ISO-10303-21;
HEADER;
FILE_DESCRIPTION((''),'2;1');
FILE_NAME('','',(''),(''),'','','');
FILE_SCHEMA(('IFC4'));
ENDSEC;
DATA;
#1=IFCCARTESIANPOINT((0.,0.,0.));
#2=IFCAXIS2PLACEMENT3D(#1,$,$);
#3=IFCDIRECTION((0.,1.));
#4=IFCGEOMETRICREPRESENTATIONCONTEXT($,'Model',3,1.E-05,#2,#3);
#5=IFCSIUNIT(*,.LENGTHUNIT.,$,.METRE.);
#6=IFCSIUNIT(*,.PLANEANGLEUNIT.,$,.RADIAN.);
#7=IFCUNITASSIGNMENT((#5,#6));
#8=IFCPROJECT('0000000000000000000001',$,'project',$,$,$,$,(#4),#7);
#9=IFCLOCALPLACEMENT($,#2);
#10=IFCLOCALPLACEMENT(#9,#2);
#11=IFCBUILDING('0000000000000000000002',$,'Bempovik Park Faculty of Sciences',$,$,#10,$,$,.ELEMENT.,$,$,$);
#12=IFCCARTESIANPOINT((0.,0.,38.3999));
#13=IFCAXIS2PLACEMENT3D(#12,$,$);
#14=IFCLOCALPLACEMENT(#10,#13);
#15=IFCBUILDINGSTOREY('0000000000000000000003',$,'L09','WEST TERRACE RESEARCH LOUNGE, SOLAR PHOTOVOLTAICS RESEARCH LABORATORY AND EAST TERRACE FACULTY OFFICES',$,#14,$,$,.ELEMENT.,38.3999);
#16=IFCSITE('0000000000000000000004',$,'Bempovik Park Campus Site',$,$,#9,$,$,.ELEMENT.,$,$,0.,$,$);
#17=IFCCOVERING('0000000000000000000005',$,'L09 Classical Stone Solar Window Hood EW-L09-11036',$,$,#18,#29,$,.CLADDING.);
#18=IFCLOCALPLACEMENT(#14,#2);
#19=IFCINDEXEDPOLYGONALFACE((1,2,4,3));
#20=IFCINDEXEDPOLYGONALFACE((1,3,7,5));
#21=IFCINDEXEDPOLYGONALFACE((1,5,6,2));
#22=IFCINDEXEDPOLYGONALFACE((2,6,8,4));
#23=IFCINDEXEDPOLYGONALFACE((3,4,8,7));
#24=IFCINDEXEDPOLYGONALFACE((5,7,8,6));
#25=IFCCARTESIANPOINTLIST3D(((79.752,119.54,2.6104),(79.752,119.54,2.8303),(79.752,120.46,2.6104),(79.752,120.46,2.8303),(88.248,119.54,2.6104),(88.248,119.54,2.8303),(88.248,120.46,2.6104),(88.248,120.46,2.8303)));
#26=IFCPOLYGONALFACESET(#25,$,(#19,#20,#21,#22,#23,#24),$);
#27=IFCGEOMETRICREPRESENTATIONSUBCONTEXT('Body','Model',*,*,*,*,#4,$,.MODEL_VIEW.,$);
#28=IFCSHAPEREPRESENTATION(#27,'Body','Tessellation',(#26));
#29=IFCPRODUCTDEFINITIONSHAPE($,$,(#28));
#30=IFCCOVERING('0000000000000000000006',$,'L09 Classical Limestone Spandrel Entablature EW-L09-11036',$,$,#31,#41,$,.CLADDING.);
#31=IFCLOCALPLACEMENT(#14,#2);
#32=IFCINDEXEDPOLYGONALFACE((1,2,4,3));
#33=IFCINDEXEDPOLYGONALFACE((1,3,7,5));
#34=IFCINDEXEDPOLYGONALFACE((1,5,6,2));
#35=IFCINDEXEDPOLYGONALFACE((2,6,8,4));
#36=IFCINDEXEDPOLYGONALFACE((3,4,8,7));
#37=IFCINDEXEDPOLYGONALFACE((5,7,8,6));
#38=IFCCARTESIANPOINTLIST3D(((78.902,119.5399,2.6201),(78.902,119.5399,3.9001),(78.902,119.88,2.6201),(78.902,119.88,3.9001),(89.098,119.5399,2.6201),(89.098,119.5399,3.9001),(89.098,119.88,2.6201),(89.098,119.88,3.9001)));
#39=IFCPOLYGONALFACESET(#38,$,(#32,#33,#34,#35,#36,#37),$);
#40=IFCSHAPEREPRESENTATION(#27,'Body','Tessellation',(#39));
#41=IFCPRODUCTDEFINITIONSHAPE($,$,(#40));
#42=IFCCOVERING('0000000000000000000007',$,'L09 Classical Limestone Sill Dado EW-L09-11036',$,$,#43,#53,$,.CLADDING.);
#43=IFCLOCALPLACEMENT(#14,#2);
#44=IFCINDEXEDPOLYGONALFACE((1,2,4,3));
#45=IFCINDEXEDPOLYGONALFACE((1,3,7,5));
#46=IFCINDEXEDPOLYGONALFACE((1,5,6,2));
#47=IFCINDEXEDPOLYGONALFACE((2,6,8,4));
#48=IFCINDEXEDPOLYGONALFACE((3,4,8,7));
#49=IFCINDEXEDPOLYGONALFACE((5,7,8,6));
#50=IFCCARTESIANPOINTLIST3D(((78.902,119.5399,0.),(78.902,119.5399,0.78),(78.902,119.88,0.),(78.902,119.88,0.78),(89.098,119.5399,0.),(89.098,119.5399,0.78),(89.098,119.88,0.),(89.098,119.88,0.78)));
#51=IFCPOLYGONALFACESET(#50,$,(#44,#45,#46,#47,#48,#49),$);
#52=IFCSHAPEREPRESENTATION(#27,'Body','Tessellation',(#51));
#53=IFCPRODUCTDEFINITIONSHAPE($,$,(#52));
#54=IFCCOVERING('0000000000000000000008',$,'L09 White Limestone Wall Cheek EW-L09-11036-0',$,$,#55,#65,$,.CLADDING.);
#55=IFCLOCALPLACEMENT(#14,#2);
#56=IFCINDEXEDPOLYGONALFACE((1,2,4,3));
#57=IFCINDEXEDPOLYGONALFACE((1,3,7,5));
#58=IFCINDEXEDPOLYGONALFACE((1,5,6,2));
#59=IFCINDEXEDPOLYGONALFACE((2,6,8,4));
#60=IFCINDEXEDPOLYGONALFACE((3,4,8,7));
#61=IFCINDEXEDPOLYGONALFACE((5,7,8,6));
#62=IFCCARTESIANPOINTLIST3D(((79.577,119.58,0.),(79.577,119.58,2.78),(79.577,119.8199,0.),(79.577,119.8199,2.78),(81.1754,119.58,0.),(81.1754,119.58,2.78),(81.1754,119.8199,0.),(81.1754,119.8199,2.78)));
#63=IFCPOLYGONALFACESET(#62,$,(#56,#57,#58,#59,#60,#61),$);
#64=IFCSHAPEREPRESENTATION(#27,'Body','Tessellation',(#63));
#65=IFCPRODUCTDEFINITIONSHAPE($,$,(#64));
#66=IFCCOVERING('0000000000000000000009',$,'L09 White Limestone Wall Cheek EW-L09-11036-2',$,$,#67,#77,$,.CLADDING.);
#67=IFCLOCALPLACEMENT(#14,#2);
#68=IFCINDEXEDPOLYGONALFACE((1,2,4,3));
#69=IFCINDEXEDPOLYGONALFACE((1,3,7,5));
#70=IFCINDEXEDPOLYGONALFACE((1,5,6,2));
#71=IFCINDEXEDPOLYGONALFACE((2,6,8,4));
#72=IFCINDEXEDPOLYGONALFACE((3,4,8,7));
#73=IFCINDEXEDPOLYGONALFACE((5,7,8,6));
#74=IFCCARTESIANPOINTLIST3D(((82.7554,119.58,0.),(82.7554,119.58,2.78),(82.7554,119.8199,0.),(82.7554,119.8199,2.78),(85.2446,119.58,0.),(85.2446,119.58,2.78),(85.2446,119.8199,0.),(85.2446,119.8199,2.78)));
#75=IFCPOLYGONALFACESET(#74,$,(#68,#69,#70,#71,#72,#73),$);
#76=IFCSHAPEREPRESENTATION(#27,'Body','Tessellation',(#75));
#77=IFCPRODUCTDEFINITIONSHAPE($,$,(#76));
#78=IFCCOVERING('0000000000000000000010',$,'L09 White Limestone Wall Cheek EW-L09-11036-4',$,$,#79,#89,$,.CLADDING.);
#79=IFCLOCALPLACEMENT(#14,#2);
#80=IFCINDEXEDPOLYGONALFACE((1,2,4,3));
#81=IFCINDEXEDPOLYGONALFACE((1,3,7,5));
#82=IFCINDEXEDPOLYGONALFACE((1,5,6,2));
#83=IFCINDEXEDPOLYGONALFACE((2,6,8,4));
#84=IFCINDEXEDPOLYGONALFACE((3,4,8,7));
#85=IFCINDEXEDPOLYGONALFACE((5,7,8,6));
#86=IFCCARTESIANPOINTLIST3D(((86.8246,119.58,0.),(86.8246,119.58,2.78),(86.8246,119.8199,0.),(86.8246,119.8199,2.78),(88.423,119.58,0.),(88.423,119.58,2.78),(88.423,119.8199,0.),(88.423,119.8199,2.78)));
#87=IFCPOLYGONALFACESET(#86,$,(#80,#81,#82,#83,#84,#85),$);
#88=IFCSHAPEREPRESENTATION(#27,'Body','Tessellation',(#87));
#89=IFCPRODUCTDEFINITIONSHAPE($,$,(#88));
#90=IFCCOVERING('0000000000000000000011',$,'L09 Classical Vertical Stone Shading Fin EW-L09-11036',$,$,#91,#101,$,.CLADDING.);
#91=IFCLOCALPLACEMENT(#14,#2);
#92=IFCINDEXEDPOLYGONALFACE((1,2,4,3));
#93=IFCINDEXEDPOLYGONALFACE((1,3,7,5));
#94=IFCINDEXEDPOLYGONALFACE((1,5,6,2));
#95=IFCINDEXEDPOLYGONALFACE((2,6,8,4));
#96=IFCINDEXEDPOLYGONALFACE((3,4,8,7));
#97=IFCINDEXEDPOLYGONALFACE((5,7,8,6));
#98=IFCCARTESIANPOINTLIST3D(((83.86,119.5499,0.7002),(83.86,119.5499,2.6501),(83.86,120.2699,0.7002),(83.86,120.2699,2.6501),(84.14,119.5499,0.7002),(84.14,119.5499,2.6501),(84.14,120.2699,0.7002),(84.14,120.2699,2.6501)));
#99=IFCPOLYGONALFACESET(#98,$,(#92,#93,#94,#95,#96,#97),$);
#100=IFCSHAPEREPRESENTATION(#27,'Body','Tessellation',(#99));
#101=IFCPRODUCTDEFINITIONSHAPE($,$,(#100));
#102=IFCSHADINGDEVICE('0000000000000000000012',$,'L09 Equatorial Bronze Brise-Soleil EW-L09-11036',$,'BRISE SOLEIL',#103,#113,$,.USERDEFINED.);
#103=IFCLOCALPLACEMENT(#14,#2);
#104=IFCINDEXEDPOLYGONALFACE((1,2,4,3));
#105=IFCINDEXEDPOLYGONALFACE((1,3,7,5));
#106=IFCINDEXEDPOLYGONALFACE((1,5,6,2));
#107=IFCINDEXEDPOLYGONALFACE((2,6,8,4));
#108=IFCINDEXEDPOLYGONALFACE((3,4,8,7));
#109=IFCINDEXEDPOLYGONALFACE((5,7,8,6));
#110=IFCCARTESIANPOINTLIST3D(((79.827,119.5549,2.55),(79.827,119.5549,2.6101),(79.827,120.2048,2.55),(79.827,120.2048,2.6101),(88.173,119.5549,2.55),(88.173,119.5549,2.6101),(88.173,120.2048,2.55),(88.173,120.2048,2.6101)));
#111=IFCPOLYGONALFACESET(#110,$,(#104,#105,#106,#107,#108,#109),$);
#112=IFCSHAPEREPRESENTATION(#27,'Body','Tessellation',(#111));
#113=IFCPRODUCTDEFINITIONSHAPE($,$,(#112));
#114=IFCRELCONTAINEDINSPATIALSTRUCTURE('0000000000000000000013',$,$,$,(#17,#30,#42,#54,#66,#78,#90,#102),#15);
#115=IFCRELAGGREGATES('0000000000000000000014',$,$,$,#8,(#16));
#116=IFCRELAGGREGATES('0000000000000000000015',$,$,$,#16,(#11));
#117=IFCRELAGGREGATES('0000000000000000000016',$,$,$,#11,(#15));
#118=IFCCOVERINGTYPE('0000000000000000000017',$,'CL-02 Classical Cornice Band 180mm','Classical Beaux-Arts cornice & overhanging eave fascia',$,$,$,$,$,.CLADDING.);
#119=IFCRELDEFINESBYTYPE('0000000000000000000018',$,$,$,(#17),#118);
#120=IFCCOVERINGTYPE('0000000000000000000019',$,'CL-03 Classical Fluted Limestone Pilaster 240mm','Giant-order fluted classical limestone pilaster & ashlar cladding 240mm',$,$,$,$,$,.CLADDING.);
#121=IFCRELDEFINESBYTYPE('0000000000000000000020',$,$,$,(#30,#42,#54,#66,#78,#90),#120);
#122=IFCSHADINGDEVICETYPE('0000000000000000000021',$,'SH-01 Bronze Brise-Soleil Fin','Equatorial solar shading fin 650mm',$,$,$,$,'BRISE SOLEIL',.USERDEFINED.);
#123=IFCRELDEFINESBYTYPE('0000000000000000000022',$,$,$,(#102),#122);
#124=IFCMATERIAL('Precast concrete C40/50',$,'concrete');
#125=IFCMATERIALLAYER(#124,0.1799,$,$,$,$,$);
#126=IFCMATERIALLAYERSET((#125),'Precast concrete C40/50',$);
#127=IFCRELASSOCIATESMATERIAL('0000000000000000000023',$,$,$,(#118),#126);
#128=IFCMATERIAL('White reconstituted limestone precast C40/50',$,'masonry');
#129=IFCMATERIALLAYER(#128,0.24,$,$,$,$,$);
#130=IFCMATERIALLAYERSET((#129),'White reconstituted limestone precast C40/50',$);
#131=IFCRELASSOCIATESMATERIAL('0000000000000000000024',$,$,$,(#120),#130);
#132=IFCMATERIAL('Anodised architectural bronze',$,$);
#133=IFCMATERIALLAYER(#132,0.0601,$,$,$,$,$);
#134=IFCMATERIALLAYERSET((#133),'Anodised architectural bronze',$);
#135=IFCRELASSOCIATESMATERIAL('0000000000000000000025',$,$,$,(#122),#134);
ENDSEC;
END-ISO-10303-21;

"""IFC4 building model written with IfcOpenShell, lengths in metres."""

from ifc_helpers import new_model, si_unit, direction, frame, origin, origin_2d, place, context, subcontext, project, spatial, rectangle, extrude, material, layer, layer_set, type_object, element, save


model = new_model("IFC4")

# Units and contexts
model_context = context("Model", 3, precision=1e-05, world=origin(), true_north=direction((0.0, 1.0)))
body_context = subcontext(model_context, "Body", "Model", "MODEL_VIEW")
ifc_project = project(units=[si_unit("LENGTHUNIT", "METRE"), si_unit("PLANEANGLEUNIT", "RADIAN")], contexts=[model_context])

# Site, building, storey
site_placement = place(None, origin())
site = spatial("IfcSite", under=ifc_project, at=site_placement, Name="Bempovik Park Campus Site", CompositionType="ELEMENT", RefElevation=0.0)
building_placement = place(site_placement, origin())
building = spatial("IfcBuilding", under=site, at=building_placement, Name="Bempovik Park Faculty of Sciences", CompositionType="ELEMENT")
storey_placement = place(building_placement, frame((0.0, 0.0, 38.3999)))
storey = spatial("IfcBuildingStorey", under=building, at=storey_placement, Name="L09", Description="WEST TERRACE RESEARCH LOUNGE, SOLAR PHOTOVOLTAICS RESEARCH LABORATORY AND EAST TERRACE FACULTY OFFICES", CompositionType="ELEMENT", Elevation=38.3999)

# Shared definitions
ifc_material_1 = material(Name="Precast concrete C40/50", Category="concrete")

# Coverings
ifc_layer_1 = layer(ifc_material_1, 0.1799)
ifc_layer_set_1 = layer_set([ifc_layer_1], Name="Precast concrete C40/50")
covering_type_1 = type_object("IfcCoveringType", Name="CL-02 Classical Cornice Band 180mm", Description="Classical Beaux-Arts cornice & overhanging eave fascia", PredefinedType="CLADDING", material=ifc_layer_set_1)
covering_1_placement = place(storey_placement, frame((84.0, 120.0, 2.6104), z_axis=(0.0, 0.0, 1.0), x_axis=(1.0, 0.0, 0.0)))
element("IfcCovering", 1, at=covering_1_placement, inside=storey, type_object=covering_type_1, Name="L09 Classical Stone Solar Window Hood EW-L09-11036", PredefinedType="CLADDING", context=body_context, shape_type="SweptSolid", body=[
    extrude(rectangle(XDim=8.4961, YDim=0.9199, at=origin_2d()), origin(), (0.0, 0.0, 1.0), 0.22),
])
ifc_material_2 = material(Name="White reconstituted limestone precast C40/50", Category="masonry")
ifc_layer_2 = layer(ifc_material_2, 0.24)
ifc_layer_set_2 = layer_set([ifc_layer_2], Name="White reconstituted limestone precast C40/50")
covering_type_2 = type_object("IfcCoveringType", Name="CL-03 Classical Fluted Limestone Pilaster 240mm", Description="Giant-order fluted classical limestone pilaster & ashlar cladding 240mm", PredefinedType="CLADDING", material=ifc_layer_set_2)
covering_2_placement = place(storey_placement, frame((84.0, 119.71, 2.6201), z_axis=(0.0, 0.0, 1.0), x_axis=(1.0, 0.0, 0.0)))
element("IfcCovering", 2, at=covering_2_placement, inside=storey, type_object=covering_type_2, Name="L09 Classical Limestone Spandrel Entablature EW-L09-11036", PredefinedType="CLADDING", context=body_context, shape_type="SweptSolid", body=[
    extrude(rectangle(XDim=10.196, YDim=0.3401, at=origin_2d()), origin(), (0.0, 0.0, 1.0), 1.28),
])
covering_3_placement = place(storey_placement, frame((84.0, 119.71, 0.0), z_axis=(0.0, 0.0, 1.0), x_axis=(1.0, 0.0, 0.0)))
element("IfcCovering", 3, at=covering_3_placement, inside=storey, type_object=covering_type_2, Name="L09 Classical Limestone Sill Dado EW-L09-11036", PredefinedType="CLADDING", context=body_context, shape_type="SweptSolid", body=[
    extrude(rectangle(XDim=10.196, YDim=0.3401, at=origin_2d()), origin(), (0.0, 0.0, 1.0), 0.78),
])
covering_4_placement = place(storey_placement, frame((80.3762, 119.7, 0.0), z_axis=(0.0, 0.0, 1.0), x_axis=(1.0, 0.0, 0.0)))
element("IfcCovering", 4, at=covering_4_placement, inside=storey, type_object=covering_type_2, Name="L09 White Limestone Wall Cheek EW-L09-11036-0", PredefinedType="CLADDING", context=body_context, shape_type="SweptSolid", body=[
    extrude(rectangle(XDim=1.5984, YDim=0.24, at=origin_2d()), origin(), (0.0, 0.0, 1.0), 2.78),
])
covering_5_placement = place(storey_placement, frame((84.0, 119.7, 0.0), z_axis=(0.0, 0.0, 1.0), x_axis=(1.0, 0.0, 0.0)))
element("IfcCovering", 5, at=covering_5_placement, inside=storey, type_object=covering_type_2, Name="L09 White Limestone Wall Cheek EW-L09-11036-2", PredefinedType="CLADDING", context=body_context, shape_type="SweptSolid", body=[
    extrude(rectangle(XDim=2.4893, YDim=0.24, at=origin_2d()), origin(), (0.0, 0.0, 1.0), 2.78),
])
covering_6_placement = place(storey_placement, frame((87.6238, 119.7, 0.0), z_axis=(0.0, 0.0, 1.0), x_axis=(1.0, 0.0, 0.0)))
element("IfcCovering", 6, at=covering_6_placement, inside=storey, type_object=covering_type_2, Name="L09 White Limestone Wall Cheek EW-L09-11036-4", PredefinedType="CLADDING", context=body_context, shape_type="SweptSolid", body=[
    extrude(rectangle(XDim=1.5984, YDim=0.24, at=origin_2d()), origin(), (0.0, 0.0, 1.0), 2.78),
])
covering_7_placement = place(storey_placement, frame((84.0, 119.9099, 0.7002), z_axis=(0.0, 0.0, 1.0), x_axis=(1.0, 0.0, 0.0)))
element("IfcCovering", 7, at=covering_7_placement, inside=storey, type_object=covering_type_2, Name="L09 Classical Vertical Stone Shading Fin EW-L09-11036", PredefinedType="CLADDING", context=body_context, shape_type="SweptSolid", body=[
    extrude(rectangle(XDim=0.28, YDim=0.72, at=origin_2d()), origin(), (0.0, 0.0, 1.0), 1.95),
])

# Shading device
ifc_material_3 = material(Name="Anodised architectural bronze")
ifc_layer_3 = layer(ifc_material_3, 0.0601)
ifc_layer_set_3 = layer_set([ifc_layer_3], Name="Anodised architectural bronze")
shading_device_type = type_object("IfcShadingDeviceType", Name="SH-01 Bronze Brise-Soleil Fin", Description="Equatorial solar shading fin 650mm", ElementType="BRISE SOLEIL", PredefinedType="USERDEFINED", material=ifc_layer_set_3)
shading_device_placement = place(storey_placement, frame((84.0, 119.8799, 2.55), z_axis=(0.0, 0.0, 1.0), x_axis=(1.0, 0.0, 0.0)))
element("IfcShadingDevice", 8, at=shading_device_placement, inside=storey, type_object=shading_device_type, Name="L09 Equatorial Bronze Brise-Soleil EW-L09-11036", ObjectType="BRISE SOLEIL", PredefinedType="USERDEFINED", context=body_context, shape_type="SweptSolid", body=[
    extrude(rectangle(XDim=8.3459, YDim=0.6499, at=origin_2d()), origin(), (0.0, 0.0, 1.0), 0.0601),
])

save(model, "model.ifc")
